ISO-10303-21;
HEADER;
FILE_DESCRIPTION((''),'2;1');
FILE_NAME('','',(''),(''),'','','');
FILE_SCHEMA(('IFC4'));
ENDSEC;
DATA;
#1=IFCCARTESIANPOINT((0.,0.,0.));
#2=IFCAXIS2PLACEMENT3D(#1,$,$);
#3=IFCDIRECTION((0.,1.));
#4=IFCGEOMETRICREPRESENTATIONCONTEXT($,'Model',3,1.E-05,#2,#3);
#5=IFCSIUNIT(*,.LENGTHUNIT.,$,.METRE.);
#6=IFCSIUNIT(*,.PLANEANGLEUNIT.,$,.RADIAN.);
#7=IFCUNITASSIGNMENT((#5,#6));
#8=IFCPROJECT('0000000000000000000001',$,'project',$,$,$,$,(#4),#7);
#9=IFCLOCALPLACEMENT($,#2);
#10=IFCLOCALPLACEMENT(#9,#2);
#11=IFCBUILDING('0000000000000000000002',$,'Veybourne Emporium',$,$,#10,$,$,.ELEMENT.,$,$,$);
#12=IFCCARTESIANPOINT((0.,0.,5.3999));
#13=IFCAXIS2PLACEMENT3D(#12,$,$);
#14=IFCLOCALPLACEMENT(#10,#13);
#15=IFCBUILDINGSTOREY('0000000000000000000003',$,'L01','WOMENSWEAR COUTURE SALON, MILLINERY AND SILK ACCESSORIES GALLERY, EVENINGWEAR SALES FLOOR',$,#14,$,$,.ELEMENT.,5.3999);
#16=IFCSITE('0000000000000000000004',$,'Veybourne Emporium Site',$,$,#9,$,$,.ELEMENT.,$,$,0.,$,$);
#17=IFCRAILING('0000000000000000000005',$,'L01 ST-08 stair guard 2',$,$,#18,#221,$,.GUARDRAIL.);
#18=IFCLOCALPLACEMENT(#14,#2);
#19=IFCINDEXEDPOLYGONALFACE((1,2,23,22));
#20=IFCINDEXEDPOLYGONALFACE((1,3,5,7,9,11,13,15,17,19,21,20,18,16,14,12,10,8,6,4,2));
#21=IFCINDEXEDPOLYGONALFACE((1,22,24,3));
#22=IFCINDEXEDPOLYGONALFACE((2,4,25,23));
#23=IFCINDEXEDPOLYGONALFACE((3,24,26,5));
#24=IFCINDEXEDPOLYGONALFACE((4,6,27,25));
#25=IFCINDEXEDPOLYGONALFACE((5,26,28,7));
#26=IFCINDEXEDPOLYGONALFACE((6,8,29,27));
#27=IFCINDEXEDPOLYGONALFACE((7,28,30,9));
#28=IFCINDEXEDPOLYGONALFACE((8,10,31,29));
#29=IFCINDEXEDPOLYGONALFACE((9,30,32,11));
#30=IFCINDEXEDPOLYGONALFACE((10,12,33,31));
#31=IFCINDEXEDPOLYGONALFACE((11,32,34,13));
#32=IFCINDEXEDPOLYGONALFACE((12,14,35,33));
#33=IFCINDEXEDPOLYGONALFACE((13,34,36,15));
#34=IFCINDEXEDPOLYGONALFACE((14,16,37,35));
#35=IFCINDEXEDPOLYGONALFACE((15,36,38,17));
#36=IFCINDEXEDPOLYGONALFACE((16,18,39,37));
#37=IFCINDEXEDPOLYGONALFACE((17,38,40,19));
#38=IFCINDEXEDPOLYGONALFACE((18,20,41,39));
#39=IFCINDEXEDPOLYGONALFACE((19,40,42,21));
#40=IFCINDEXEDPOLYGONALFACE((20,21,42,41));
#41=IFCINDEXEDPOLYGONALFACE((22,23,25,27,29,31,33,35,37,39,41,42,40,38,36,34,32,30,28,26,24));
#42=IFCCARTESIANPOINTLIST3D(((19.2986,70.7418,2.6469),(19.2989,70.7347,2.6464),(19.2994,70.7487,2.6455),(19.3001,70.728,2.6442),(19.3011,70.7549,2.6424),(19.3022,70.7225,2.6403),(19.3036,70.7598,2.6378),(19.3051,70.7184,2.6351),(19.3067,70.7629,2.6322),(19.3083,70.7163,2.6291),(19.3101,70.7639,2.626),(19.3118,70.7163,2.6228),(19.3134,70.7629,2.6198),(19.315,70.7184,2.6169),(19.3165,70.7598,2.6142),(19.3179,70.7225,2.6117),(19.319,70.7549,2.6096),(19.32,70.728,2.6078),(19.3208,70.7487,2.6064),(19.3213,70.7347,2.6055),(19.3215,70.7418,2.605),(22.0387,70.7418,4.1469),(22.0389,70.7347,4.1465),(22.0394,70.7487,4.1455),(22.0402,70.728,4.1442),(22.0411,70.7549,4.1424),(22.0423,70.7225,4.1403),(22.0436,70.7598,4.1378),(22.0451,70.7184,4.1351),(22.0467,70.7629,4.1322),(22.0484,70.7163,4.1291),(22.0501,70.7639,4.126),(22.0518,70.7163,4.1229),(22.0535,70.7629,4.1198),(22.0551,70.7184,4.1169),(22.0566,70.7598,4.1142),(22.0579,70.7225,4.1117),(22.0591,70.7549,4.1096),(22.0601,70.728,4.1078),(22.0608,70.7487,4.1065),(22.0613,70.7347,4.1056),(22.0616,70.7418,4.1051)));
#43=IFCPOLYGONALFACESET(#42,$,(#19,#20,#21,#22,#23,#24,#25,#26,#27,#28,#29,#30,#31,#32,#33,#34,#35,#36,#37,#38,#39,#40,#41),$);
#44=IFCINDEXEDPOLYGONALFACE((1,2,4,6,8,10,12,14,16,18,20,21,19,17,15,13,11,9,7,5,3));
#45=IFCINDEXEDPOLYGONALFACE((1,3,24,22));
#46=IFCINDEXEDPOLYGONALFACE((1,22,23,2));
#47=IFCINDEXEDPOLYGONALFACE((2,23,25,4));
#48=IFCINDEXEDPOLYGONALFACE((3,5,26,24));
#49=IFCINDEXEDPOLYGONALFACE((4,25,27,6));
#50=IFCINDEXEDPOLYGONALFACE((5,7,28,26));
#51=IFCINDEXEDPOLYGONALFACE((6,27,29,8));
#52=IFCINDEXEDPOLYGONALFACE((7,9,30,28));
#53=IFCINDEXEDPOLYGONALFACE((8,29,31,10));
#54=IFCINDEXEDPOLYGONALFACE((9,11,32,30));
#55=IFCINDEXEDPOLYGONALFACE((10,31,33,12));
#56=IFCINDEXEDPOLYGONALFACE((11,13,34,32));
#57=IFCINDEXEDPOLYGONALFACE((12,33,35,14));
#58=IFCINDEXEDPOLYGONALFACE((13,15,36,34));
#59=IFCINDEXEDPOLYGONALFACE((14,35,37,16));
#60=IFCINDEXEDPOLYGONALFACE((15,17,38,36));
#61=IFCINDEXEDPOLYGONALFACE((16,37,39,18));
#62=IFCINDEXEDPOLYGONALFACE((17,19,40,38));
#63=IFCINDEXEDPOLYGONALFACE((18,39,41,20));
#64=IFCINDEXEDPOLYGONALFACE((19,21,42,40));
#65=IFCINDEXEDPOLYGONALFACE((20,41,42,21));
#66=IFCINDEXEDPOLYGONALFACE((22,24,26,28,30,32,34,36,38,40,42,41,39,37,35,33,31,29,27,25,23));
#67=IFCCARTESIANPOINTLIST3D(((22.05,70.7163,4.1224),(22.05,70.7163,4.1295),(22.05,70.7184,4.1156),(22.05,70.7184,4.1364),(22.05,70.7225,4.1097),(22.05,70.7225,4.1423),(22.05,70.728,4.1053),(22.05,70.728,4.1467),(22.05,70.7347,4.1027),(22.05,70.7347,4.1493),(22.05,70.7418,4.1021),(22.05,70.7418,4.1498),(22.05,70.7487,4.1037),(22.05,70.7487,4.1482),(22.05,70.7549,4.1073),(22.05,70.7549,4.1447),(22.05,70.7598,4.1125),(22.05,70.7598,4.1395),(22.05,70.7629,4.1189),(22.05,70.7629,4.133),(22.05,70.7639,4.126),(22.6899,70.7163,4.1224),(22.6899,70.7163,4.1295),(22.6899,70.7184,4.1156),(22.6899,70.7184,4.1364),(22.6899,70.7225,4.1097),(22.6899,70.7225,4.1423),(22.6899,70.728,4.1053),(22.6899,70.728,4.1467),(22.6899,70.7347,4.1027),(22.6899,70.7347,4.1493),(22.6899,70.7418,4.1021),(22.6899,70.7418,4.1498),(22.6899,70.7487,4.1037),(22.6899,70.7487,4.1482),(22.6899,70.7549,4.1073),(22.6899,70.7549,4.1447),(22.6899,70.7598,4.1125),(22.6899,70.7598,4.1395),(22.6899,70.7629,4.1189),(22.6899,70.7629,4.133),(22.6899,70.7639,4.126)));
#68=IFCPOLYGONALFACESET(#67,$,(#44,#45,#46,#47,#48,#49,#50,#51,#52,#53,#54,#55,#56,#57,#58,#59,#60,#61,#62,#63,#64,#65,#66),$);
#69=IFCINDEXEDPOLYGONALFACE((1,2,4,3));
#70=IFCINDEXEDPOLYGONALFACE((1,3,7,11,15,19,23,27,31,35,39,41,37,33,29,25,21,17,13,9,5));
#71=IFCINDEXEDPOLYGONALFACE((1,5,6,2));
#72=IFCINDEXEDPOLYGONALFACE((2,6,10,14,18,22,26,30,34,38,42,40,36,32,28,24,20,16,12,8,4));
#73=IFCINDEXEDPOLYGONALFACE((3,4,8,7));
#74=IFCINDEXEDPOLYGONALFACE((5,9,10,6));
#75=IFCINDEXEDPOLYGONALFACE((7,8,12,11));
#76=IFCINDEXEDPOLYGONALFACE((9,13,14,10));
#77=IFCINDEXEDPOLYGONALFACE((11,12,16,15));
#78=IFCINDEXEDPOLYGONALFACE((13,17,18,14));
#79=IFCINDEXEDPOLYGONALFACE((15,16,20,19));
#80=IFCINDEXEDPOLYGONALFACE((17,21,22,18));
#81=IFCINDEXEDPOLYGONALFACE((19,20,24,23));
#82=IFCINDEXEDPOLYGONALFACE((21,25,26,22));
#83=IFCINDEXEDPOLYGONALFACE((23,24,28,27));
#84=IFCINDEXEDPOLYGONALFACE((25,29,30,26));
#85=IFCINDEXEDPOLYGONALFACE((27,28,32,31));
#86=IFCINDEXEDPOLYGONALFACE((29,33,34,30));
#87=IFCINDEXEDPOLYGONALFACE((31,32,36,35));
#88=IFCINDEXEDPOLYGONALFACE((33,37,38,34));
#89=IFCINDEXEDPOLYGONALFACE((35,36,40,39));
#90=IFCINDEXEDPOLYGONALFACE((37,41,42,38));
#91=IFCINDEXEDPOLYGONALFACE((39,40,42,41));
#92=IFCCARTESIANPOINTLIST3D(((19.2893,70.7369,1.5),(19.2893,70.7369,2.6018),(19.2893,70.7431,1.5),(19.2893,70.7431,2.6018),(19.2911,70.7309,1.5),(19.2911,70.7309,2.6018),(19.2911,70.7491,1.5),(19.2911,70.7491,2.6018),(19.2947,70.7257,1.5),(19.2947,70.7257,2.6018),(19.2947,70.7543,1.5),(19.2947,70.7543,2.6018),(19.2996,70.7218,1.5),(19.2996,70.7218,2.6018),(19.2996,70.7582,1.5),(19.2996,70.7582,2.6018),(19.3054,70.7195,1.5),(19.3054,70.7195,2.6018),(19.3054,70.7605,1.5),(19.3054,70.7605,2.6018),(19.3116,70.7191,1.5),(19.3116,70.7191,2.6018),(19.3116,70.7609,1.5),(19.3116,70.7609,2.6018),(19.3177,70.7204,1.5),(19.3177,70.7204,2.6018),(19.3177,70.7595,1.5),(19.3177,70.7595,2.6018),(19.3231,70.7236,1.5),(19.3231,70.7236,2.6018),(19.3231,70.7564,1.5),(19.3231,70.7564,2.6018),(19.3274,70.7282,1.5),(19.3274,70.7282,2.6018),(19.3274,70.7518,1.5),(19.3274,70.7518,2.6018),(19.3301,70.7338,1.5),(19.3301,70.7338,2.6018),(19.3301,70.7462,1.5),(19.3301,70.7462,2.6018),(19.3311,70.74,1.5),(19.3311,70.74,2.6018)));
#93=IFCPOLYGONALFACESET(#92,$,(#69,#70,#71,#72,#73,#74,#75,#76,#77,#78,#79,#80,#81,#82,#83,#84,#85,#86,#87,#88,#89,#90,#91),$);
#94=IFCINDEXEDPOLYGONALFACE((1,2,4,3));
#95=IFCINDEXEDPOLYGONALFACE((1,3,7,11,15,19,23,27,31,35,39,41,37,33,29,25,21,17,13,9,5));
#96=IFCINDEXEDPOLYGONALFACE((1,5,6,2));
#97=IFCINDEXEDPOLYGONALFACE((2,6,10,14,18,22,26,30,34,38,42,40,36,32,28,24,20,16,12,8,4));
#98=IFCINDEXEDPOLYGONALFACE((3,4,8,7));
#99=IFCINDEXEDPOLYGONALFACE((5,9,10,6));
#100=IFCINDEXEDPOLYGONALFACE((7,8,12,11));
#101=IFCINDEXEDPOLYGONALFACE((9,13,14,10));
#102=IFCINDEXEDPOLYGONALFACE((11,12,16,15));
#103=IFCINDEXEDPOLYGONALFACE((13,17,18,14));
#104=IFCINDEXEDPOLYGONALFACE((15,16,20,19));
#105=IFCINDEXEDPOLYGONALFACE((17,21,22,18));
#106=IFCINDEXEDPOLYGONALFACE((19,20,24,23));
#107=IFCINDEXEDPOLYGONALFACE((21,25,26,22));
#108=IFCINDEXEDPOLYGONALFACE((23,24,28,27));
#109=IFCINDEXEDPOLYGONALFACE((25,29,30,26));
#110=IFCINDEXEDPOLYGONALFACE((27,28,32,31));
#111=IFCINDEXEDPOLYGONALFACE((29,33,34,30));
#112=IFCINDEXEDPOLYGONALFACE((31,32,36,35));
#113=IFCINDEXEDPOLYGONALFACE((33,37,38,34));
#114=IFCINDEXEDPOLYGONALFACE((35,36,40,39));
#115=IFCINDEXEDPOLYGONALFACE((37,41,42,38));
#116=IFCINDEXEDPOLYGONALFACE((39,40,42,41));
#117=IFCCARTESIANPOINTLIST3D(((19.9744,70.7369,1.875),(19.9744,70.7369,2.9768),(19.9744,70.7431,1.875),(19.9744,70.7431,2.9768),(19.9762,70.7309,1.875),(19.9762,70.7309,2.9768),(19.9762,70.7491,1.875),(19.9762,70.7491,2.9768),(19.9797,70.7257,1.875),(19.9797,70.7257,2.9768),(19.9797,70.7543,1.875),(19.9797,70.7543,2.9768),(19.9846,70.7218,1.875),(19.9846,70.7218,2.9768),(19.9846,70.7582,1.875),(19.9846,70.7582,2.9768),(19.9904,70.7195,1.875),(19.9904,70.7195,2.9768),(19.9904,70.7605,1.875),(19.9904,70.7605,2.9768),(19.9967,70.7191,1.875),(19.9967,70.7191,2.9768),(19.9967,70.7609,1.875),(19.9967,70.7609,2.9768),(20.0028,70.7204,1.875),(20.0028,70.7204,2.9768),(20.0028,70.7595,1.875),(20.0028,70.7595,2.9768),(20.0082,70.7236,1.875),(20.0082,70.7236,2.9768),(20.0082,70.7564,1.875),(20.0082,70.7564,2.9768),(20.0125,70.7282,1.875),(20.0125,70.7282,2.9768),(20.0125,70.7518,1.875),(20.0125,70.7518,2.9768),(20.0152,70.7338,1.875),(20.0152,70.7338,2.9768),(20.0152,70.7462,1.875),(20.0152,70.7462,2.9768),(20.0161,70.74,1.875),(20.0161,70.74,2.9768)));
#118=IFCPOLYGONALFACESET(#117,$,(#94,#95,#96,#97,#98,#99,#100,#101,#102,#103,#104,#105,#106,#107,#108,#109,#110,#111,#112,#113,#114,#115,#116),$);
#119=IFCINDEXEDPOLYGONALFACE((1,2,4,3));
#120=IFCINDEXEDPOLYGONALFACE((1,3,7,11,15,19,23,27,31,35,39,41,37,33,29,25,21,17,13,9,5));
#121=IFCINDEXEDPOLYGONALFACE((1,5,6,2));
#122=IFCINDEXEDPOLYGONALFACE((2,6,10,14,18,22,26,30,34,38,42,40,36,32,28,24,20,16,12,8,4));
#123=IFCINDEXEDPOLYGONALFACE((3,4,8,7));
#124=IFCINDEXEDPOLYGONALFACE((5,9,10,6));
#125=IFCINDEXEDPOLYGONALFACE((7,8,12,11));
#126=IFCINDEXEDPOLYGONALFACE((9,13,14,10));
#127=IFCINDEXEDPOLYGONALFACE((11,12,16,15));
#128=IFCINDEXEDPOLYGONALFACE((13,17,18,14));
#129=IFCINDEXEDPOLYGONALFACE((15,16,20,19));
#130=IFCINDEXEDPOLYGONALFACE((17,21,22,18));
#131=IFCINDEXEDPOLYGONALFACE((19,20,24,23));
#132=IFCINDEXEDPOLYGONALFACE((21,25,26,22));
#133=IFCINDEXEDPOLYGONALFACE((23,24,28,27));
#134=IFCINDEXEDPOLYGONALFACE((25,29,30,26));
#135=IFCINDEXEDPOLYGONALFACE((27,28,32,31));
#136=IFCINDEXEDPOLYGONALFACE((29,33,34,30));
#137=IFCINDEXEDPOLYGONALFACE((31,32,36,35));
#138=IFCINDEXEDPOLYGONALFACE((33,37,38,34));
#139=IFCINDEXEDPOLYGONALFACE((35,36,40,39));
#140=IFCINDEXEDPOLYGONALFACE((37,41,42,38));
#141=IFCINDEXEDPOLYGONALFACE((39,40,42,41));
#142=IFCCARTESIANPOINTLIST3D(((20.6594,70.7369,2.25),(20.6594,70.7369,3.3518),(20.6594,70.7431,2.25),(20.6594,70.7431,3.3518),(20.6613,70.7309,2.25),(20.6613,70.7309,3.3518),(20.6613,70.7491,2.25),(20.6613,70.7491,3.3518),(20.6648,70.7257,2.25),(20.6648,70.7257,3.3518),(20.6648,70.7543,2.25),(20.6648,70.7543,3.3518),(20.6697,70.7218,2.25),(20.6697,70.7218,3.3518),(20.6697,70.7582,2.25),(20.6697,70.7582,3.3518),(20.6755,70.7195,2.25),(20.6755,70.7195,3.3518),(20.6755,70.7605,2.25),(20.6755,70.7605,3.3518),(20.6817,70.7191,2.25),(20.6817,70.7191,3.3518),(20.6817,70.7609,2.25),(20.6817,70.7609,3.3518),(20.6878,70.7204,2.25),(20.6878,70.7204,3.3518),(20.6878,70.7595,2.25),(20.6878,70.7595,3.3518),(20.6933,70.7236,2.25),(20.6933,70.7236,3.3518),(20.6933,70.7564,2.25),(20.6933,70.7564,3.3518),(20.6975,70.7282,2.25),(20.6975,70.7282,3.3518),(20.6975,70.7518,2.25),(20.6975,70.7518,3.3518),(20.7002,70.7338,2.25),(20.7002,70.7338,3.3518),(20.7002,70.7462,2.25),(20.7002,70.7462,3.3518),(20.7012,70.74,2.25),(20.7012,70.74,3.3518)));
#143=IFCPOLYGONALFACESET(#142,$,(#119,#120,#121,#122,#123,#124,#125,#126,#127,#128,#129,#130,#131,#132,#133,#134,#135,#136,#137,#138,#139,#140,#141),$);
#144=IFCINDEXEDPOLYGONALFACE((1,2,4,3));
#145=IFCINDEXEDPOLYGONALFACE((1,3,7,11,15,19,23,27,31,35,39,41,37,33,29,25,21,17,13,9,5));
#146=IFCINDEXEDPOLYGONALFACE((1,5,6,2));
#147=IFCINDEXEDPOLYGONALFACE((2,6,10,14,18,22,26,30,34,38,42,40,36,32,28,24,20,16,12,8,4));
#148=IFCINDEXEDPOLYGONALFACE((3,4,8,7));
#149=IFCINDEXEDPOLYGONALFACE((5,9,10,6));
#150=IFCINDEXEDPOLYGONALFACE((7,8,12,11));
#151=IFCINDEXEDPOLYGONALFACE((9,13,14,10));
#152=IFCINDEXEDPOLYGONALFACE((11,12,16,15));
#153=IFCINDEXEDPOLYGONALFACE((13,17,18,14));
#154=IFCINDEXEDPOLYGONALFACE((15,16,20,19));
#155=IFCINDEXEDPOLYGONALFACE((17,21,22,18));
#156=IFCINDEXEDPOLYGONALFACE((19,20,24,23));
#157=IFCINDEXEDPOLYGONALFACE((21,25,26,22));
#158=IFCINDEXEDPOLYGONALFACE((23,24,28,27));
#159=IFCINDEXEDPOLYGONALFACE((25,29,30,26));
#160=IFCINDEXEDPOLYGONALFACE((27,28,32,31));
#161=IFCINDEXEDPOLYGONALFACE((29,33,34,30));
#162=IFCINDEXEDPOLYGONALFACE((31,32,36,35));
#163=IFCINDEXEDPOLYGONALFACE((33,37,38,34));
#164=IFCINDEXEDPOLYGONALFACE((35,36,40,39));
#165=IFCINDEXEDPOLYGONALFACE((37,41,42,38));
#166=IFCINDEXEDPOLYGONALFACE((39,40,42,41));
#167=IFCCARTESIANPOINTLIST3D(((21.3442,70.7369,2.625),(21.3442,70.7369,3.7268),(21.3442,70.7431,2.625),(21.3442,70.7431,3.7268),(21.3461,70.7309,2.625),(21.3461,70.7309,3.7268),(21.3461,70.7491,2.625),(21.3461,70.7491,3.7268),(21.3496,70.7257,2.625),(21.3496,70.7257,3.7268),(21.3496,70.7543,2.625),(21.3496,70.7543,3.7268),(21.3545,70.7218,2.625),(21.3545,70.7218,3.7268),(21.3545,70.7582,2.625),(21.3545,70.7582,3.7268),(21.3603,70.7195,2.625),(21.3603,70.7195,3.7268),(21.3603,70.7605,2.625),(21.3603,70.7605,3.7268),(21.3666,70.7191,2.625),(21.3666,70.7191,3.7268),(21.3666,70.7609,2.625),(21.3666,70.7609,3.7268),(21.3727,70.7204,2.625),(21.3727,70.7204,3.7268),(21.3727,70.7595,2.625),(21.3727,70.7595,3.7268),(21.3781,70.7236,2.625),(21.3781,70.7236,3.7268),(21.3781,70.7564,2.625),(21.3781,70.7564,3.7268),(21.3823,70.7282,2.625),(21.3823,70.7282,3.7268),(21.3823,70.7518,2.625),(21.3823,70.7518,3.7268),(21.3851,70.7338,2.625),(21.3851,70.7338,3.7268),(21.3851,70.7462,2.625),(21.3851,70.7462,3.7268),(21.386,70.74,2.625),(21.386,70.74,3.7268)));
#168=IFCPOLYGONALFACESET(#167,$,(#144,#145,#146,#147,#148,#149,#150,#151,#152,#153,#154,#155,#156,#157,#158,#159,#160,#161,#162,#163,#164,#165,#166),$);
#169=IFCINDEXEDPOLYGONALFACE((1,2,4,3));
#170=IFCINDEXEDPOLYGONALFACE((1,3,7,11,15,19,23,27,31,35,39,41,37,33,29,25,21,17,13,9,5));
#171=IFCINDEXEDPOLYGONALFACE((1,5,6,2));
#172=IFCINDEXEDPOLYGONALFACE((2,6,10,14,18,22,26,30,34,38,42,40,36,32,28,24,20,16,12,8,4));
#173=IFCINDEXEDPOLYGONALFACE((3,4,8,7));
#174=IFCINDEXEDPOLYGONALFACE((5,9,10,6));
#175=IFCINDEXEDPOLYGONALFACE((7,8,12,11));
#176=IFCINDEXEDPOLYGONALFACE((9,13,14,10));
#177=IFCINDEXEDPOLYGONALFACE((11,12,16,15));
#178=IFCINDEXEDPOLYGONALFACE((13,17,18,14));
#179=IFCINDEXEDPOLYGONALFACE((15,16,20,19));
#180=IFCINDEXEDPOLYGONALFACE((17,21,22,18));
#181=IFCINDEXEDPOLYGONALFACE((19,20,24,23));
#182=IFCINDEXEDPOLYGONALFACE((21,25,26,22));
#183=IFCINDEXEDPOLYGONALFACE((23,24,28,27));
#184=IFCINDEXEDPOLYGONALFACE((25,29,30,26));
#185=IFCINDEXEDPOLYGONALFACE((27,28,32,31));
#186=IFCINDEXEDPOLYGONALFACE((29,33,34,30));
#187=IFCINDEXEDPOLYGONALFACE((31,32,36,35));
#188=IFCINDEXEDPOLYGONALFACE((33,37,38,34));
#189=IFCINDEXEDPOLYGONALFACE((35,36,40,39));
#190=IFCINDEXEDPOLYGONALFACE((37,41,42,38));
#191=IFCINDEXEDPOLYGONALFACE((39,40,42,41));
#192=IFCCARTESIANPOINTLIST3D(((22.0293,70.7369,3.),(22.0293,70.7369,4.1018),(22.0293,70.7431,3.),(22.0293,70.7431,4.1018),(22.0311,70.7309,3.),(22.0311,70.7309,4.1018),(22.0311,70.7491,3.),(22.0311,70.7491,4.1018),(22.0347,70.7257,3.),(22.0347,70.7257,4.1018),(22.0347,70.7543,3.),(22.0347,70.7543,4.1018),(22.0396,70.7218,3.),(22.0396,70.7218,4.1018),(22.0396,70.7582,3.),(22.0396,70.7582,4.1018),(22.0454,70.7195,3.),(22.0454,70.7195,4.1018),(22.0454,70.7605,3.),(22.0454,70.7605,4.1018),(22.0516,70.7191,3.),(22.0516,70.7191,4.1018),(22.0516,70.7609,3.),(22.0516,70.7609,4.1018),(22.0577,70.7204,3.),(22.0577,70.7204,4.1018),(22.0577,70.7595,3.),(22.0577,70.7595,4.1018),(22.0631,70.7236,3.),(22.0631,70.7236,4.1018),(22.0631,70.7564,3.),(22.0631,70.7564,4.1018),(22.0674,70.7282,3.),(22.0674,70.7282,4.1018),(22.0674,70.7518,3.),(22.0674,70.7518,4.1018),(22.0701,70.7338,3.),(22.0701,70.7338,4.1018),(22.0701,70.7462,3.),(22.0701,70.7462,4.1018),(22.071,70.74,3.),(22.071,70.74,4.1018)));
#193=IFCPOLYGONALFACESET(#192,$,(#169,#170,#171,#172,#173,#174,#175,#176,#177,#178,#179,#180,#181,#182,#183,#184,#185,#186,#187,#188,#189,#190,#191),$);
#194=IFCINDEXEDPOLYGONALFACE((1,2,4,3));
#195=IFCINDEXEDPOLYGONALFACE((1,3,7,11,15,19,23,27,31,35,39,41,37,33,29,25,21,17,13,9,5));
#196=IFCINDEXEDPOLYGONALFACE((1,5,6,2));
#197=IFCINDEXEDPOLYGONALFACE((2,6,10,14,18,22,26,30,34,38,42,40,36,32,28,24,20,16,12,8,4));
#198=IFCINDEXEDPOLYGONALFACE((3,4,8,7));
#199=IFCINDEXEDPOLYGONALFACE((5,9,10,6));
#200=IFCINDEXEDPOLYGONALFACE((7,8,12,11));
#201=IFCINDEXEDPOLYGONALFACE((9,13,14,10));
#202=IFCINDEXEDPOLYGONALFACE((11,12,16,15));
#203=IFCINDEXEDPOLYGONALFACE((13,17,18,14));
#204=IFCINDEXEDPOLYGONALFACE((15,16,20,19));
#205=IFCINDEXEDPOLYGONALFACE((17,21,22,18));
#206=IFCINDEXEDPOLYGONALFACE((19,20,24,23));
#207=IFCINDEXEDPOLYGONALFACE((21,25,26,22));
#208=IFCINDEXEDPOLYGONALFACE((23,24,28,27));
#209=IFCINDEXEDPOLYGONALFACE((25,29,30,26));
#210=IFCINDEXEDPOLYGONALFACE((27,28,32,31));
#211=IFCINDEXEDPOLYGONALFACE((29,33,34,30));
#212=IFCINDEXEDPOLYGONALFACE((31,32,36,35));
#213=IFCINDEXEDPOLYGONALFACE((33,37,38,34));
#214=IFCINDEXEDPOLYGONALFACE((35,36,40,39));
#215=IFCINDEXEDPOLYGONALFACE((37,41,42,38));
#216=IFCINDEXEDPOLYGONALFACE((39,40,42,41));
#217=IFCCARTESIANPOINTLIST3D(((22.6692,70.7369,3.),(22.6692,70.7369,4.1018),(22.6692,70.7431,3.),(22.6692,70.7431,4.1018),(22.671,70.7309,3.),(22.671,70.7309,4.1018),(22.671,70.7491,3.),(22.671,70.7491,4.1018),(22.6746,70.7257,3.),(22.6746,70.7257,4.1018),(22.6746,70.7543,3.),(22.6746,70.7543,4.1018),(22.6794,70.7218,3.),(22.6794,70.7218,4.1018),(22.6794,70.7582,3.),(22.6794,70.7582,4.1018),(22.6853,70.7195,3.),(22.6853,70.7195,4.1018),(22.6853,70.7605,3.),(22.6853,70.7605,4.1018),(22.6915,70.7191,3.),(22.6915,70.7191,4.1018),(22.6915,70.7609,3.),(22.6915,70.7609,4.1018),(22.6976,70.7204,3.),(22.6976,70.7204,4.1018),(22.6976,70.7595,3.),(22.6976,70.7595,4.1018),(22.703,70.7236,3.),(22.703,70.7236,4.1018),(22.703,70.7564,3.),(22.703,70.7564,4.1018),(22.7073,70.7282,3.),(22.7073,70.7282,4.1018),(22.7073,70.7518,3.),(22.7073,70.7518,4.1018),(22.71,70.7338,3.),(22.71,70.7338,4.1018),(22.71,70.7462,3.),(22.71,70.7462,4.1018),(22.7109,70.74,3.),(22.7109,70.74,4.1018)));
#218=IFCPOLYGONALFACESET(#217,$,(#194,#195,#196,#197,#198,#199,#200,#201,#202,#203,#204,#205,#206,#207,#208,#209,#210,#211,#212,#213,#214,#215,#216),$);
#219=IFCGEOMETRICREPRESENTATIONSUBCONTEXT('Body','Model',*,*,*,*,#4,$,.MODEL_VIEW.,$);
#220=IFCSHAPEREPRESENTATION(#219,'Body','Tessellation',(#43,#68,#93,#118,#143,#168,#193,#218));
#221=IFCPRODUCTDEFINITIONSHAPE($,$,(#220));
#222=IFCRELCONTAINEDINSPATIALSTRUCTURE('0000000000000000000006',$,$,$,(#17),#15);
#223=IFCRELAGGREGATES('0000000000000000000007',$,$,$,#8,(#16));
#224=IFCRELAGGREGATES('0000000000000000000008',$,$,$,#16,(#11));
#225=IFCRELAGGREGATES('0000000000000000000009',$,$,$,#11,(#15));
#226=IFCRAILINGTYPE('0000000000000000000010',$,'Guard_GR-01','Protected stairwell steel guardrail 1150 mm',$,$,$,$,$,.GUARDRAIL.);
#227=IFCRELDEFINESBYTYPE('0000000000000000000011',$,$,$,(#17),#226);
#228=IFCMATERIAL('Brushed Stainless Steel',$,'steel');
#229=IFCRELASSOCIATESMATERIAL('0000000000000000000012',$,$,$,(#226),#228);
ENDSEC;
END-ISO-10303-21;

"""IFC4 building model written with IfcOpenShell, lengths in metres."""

from ifc_helpers import new_model, si_unit, direction, frame, origin, origin_2d, place, context, subcontext, project, spatial, circle, extrude, material, type_object, element, save


model = new_model("IFC4")

# Units and contexts
model_context = context("Model", 3, precision=1e-05, world=origin(), true_north=direction((0.0, 1.0)))
body_context = subcontext(model_context, "Body", "Model", "MODEL_VIEW")
ifc_project = project(units=[si_unit("LENGTHUNIT", "METRE"), si_unit("PLANEANGLEUNIT", "RADIAN")], contexts=[model_context])

# Site, building, storey
site_placement = place(None, origin())
site = spatial("IfcSite", under=ifc_project, at=site_placement, Name="Veybourne Emporium Site", CompositionType="ELEMENT", RefElevation=0.0)
building_placement = place(site_placement, origin())
building = spatial("IfcBuilding", under=site, at=building_placement, Name="Veybourne Emporium", CompositionType="ELEMENT")
storey_placement = place(building_placement, frame((0.0, 0.0, 5.3999)))
storey = spatial("IfcBuildingStorey", under=building, at=storey_placement, Name="L01", Description="WOMENSWEAR COUTURE SALON, MILLINERY AND SILK ACCESSORIES GALLERY, EVENINGWEAR SALES FLOOR", CompositionType="ELEMENT", Elevation=5.3999)

# Railing
ifc_material_1 = material(Name="Brushed Stainless Steel", Category="steel")
railing_type_1 = type_object("IfcRailingType", Name="Guard_GR-01", Description="Protected stairwell steel guardrail 1150 mm", PredefinedType="GUARDRAIL", material=ifc_material_1)
railing_1_placement = place(storey_placement, frame((19.3101, 70.74, 1.5)))
element("IfcRailing", 1, at=railing_1_placement, inside=storey, type_object=railing_type_1, Name="L01 ST-08 stair guard 2", PredefinedType="GUARDRAIL", context=body_context, shape_type="SweptSolid", body=[
    extrude(circle(Radius=0.0239, at=origin_2d()), frame((0.0, 0.0, 1.126), z_axis=(0.87716, 0.0, 0.480199), x_axis=(0.0, 1.0, 0.0)), (0.0, 0.0, 1.0), 3.1238),
    extrude(circle(Radius=0.0239, at=origin_2d()), frame((2.74, 0.0, 2.626), z_axis=(1.0, 0.0, 0.0), x_axis=(0.0, 1.0, 0.0)), (0.0, 0.0, 1.0), 0.6399),
    extrude(circle(Radius=0.021, at=origin_2d()), origin(), (0.0, 0.0, 1.0), 1.1018),
    extrude(circle(Radius=0.021, at=origin_2d()), frame((0.6851, 0.0, 0.375)), (0.0, 0.0, 1.0), 1.1018),
    extrude(circle(Radius=0.021, at=origin_2d()), frame((1.3701, 0.0, 0.75)), (0.0, 0.0, 1.0), 1.1018),
    extrude(circle(Radius=0.021, at=origin_2d()), frame((2.0549, 0.0, 1.125)), (0.0, 0.0, 1.0), 1.1018),
    extrude(circle(Radius=0.021, at=origin_2d()), frame((2.74, 0.0, 1.5)), (0.0, 0.0, 1.0), 1.1018),
    extrude(circle(Radius=0.021, at=origin_2d()), frame((3.3799, 0.0, 1.5)), (0.0, 0.0, 1.0), 1.1018),
])

save(model, "model.ifc")
